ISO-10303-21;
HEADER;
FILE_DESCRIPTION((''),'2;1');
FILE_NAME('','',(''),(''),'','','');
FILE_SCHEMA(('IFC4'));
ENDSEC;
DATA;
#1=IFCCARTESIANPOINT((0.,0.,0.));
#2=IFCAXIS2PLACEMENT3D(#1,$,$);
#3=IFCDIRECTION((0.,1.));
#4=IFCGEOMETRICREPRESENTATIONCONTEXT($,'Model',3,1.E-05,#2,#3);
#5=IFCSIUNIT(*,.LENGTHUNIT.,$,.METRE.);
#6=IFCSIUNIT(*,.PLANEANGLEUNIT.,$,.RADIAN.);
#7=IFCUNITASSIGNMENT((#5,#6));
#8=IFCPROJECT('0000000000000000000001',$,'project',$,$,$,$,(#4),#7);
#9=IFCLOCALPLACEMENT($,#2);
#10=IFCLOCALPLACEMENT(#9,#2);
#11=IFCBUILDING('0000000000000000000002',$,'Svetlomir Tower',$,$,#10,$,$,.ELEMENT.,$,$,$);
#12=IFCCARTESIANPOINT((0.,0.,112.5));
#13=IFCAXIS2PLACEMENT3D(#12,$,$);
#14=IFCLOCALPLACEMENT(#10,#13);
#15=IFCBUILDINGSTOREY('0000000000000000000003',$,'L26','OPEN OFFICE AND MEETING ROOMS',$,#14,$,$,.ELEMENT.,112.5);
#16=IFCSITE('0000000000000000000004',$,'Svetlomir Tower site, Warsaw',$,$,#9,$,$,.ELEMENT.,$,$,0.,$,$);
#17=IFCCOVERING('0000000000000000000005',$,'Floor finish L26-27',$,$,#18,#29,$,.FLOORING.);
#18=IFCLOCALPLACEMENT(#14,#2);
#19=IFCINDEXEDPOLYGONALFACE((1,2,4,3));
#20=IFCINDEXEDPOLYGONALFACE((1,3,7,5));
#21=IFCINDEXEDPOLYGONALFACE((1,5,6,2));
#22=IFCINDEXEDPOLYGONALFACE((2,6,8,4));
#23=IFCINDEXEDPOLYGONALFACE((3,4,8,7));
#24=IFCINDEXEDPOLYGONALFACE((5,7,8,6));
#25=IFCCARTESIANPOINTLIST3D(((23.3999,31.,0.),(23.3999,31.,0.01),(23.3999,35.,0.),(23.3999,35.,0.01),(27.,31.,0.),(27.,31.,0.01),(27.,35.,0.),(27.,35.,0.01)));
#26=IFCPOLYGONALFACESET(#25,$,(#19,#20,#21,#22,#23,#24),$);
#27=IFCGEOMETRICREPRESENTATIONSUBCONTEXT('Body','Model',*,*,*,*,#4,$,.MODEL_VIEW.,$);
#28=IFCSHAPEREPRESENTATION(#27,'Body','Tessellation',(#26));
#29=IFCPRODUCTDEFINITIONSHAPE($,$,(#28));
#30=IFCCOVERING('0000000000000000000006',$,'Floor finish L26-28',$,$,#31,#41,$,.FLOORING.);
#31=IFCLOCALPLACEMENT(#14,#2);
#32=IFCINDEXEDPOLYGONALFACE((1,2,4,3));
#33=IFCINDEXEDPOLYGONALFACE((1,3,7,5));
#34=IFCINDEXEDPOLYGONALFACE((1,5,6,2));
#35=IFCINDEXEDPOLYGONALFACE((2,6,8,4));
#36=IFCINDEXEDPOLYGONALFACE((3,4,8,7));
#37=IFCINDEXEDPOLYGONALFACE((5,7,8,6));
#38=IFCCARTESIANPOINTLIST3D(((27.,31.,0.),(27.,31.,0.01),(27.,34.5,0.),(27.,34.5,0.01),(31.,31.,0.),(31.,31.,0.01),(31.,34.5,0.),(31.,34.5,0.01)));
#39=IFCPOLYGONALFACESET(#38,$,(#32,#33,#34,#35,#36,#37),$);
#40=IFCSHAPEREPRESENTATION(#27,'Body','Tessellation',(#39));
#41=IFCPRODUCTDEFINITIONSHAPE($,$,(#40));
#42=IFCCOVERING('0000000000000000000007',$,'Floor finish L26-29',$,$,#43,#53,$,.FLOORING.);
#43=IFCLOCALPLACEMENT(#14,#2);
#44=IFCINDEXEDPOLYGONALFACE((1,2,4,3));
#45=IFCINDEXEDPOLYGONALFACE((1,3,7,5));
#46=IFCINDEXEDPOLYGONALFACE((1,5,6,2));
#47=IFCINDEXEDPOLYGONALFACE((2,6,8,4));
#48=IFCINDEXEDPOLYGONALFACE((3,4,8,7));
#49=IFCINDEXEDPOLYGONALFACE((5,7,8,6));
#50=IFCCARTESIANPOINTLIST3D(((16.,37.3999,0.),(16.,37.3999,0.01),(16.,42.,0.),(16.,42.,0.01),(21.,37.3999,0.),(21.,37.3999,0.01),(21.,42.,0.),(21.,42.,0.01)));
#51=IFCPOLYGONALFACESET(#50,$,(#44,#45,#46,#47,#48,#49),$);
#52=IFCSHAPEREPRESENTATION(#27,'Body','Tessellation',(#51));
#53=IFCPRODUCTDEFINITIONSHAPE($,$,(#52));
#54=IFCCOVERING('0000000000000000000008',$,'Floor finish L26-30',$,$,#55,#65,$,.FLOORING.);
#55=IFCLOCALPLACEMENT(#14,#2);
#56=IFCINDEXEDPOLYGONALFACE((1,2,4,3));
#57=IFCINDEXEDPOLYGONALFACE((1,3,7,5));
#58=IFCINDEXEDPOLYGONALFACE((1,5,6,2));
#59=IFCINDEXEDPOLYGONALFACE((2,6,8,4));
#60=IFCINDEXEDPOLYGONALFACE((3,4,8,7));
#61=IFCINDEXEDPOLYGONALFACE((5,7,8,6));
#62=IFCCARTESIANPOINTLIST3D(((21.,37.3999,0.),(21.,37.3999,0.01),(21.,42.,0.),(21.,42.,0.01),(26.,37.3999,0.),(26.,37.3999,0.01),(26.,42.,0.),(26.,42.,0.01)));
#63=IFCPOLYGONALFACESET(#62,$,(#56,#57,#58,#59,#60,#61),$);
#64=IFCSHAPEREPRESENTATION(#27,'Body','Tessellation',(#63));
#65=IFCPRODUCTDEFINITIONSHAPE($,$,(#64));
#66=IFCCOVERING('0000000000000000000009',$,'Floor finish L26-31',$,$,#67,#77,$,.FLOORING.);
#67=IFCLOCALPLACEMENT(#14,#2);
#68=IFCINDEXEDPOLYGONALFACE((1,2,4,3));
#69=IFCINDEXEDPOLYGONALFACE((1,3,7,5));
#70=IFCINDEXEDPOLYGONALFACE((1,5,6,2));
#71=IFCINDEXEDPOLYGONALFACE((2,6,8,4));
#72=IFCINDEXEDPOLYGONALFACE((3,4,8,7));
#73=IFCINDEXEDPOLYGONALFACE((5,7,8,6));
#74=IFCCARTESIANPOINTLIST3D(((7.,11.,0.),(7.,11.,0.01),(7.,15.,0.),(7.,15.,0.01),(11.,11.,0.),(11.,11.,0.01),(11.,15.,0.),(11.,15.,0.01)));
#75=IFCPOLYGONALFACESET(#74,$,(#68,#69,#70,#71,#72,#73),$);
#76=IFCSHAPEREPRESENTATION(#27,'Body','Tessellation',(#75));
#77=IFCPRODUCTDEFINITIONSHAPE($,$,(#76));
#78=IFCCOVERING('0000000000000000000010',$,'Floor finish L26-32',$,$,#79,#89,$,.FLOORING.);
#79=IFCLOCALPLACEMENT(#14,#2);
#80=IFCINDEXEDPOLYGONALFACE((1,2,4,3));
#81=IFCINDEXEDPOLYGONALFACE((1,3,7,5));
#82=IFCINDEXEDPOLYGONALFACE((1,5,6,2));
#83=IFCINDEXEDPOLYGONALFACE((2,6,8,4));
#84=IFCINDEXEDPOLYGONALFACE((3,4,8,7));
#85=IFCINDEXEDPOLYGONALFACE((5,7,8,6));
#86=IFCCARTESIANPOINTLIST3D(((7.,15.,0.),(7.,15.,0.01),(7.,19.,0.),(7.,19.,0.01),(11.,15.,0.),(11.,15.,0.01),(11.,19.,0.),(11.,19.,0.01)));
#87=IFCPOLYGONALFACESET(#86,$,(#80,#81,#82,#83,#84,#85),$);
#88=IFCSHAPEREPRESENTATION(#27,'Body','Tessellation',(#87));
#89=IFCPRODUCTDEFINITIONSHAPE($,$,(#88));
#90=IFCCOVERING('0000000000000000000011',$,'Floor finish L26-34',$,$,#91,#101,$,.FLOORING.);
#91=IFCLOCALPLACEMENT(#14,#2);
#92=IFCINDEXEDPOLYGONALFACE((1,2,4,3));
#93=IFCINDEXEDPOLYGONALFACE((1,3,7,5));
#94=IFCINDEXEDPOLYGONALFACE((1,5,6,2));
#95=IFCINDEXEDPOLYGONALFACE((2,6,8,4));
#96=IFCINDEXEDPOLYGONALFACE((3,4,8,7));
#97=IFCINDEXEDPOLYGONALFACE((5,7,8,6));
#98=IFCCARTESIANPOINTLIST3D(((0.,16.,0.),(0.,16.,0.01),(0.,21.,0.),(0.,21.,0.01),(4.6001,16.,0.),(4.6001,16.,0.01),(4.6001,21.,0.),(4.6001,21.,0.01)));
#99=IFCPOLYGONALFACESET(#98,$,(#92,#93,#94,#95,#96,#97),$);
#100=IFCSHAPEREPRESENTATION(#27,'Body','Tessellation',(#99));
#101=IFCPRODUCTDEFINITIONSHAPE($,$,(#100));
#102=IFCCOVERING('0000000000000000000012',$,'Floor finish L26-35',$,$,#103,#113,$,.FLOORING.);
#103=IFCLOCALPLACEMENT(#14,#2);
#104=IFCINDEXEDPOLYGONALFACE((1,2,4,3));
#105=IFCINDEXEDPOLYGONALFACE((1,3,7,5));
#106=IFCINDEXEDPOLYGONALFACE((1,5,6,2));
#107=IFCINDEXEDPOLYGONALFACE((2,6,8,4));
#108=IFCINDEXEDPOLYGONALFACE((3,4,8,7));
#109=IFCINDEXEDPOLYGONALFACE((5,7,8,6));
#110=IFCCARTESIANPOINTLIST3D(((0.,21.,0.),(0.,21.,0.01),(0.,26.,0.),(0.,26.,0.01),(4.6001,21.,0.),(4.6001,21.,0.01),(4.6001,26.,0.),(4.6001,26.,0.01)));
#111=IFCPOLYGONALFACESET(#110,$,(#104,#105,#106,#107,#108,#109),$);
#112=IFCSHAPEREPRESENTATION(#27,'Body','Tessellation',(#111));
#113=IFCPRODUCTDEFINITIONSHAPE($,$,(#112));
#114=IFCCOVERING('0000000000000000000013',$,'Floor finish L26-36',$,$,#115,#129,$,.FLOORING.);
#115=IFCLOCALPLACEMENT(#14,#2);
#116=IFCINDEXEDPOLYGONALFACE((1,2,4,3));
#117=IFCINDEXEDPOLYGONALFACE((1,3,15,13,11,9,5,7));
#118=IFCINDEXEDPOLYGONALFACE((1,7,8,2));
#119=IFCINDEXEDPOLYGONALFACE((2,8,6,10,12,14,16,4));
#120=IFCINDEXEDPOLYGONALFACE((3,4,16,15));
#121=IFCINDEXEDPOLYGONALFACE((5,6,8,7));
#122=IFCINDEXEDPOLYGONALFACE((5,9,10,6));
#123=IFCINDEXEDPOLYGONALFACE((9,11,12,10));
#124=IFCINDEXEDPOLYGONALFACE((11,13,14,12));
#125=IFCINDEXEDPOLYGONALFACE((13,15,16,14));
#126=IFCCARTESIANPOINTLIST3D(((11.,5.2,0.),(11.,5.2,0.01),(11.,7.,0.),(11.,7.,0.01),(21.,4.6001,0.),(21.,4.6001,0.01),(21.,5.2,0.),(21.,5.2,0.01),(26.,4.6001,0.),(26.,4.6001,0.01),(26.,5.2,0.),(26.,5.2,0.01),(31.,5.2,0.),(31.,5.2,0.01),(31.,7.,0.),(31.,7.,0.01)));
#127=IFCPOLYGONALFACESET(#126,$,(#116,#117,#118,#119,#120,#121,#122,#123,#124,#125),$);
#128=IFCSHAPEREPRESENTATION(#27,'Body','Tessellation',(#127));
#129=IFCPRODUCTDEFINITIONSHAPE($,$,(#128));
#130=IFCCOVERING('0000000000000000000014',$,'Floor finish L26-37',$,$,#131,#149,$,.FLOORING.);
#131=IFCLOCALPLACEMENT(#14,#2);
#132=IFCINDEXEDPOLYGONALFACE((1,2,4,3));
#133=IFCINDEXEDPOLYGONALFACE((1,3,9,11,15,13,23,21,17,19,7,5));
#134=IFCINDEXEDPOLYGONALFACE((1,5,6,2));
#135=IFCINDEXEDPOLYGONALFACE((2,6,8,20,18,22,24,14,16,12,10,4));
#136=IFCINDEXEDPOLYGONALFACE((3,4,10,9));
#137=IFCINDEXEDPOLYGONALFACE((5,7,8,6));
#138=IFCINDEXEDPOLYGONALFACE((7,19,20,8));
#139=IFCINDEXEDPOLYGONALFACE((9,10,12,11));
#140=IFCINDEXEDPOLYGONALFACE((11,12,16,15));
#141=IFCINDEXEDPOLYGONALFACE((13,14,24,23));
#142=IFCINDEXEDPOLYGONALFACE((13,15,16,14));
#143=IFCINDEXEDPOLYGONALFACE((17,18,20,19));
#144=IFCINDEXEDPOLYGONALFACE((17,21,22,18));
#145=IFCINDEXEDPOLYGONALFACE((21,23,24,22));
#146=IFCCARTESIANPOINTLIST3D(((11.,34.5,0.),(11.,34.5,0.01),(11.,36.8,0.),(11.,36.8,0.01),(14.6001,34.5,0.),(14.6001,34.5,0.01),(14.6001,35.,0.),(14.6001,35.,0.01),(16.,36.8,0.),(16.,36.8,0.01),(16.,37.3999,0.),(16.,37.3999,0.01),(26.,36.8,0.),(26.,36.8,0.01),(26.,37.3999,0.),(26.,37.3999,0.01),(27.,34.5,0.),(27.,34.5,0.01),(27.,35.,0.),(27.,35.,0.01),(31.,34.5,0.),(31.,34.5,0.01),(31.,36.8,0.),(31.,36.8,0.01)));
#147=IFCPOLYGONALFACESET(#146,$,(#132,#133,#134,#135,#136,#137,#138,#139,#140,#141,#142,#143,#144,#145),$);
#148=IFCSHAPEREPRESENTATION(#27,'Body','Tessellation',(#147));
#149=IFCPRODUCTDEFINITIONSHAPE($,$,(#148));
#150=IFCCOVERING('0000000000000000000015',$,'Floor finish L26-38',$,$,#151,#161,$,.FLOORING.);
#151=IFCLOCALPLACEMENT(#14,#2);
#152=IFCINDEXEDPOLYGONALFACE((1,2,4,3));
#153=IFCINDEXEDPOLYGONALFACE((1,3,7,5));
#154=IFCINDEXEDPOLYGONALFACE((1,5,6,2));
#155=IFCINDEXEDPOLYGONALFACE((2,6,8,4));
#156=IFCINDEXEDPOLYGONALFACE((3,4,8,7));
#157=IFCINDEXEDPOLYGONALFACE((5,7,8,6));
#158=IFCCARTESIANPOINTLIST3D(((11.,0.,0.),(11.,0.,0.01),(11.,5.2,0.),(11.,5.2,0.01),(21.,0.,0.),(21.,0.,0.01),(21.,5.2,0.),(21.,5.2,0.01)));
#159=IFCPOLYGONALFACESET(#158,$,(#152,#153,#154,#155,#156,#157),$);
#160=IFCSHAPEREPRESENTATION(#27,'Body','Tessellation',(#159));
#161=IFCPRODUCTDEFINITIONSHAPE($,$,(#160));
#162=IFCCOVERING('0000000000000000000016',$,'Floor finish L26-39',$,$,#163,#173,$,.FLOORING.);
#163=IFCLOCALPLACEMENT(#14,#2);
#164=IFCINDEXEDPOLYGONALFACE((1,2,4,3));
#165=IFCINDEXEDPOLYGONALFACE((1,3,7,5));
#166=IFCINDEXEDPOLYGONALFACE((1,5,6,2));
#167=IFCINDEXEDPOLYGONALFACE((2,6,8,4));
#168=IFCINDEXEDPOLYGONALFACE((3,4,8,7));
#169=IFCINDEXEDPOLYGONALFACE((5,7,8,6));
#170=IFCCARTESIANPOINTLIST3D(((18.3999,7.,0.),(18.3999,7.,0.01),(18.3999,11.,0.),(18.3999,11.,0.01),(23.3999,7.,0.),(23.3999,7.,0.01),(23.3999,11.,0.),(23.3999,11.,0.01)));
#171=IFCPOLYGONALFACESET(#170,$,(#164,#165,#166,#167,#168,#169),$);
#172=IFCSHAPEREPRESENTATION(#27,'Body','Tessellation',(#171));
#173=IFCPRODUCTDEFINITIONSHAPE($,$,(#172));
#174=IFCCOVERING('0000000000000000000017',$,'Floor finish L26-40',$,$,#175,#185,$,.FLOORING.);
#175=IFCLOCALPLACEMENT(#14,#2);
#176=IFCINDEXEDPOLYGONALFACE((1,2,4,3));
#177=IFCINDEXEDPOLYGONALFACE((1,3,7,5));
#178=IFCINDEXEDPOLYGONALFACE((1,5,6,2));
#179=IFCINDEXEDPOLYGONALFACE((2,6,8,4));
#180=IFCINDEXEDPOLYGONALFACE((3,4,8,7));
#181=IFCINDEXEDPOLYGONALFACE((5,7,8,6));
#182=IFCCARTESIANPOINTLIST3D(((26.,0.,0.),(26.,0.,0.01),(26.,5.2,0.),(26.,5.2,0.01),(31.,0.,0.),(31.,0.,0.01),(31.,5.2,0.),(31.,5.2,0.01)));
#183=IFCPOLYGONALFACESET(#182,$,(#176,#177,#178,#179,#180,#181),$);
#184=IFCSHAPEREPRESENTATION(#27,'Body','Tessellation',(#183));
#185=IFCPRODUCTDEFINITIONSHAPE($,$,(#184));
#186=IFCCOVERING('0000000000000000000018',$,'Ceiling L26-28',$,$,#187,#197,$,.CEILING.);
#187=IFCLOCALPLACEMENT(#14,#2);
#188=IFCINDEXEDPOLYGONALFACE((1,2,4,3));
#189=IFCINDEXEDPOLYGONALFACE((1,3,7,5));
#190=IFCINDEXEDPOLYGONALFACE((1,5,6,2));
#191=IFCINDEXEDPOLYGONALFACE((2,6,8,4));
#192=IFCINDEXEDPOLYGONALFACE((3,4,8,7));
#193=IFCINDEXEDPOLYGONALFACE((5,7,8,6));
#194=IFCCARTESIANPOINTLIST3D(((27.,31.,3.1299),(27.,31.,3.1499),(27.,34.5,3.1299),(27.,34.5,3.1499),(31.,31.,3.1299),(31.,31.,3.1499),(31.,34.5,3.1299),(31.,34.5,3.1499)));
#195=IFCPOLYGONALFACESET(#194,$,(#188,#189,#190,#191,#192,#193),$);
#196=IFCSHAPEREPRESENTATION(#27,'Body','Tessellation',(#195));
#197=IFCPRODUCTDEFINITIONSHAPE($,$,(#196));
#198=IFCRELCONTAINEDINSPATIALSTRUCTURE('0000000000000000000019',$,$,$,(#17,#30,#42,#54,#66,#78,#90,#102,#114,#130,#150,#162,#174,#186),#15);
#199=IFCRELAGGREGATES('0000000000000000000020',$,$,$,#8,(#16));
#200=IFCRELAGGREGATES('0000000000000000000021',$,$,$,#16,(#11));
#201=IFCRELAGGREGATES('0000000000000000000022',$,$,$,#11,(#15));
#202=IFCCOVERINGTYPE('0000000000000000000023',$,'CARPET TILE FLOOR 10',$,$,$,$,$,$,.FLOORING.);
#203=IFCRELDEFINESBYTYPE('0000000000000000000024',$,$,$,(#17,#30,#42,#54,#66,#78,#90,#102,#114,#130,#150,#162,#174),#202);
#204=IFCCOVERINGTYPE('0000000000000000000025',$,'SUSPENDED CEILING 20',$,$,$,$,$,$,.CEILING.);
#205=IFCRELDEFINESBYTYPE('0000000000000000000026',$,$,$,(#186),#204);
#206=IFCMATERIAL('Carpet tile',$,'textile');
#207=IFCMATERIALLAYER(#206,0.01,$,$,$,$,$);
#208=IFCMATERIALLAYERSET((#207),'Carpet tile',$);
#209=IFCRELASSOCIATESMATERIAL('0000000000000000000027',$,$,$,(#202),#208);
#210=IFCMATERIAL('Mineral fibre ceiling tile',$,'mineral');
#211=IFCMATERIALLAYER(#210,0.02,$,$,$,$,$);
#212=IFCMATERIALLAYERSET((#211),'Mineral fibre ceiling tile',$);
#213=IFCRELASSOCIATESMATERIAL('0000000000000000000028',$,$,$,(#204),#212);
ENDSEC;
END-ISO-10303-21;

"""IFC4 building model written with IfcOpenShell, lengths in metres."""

from ifc_helpers import new_model, si_unit, direction, frame, origin, place, context, subcontext, project, spatial, polyline, outline, extrude, material, layer, layer_set, type_object, element, save


model = new_model("IFC4")

# Units and contexts
model_context = context("Model", 3, precision=1e-05, world=origin(), true_north=direction((0.0, 1.0)))
body_context = subcontext(model_context, "Body", "Model", "MODEL_VIEW")
ifc_project = project(units=[si_unit("LENGTHUNIT", "METRE"), si_unit("PLANEANGLEUNIT", "RADIAN")], contexts=[model_context])

# Site, building, storey
site_placement = place(None, origin())
site = spatial("IfcSite", under=ifc_project, at=site_placement, Name="Svetlomir Tower site, Warsaw", CompositionType="ELEMENT", RefElevation=0.0)
building_placement = place(site_placement, origin())
building = spatial("IfcBuilding", under=site, at=building_placement, Name="Svetlomir Tower", CompositionType="ELEMENT")
storey_placement = place(building_placement, frame((0.0, 0.0, 112.5)))
storey = spatial("IfcBuildingStorey", under=building, at=storey_placement, Name="L26", Description="OPEN OFFICE AND MEETING ROOMS", CompositionType="ELEMENT", Elevation=112.5)

# Coverings
ifc_material_1 = material(Name="Carpet tile", Category="textile")
ifc_layer_1 = layer(ifc_material_1, 0.01)
ifc_layer_set_1 = layer_set([ifc_layer_1], Name="Carpet tile")
covering_type_1 = type_object("IfcCoveringType", Name="CARPET TILE FLOOR 10", PredefinedType="FLOORING", material=ifc_layer_set_1)
covering_1_placement = place(storey_placement, origin())
element("IfcCovering", 1, at=covering_1_placement, inside=storey, type_object=covering_type_1, Name="Floor finish L26-27", PredefinedType="FLOORING", context=body_context, shape_type="SweptSolid", body=[
    extrude(outline(polyline([(23.3999, 31.0), (27.0, 31.0), (27.0, 35.0), (23.3999, 35.0), (23.3999, 31.0)])), origin(), (0.0, 0.0, 1.0), 0.01),
])
covering_2_placement = place(storey_placement, origin())
element("IfcCovering", 2, at=covering_2_placement, inside=storey, type_object=covering_type_1, Name="Floor finish L26-28", PredefinedType="FLOORING", context=body_context, shape_type="SweptSolid", body=[
    extrude(outline(polyline([(27.0, 31.0), (31.0, 31.0), (31.0, 34.5), (27.0, 34.5), (27.0, 31.0)])), origin(), (0.0, 0.0, 1.0), 0.01),
])
covering_3_placement = place(storey_placement, origin())
element("IfcCovering", 3, at=covering_3_placement, inside=storey, type_object=covering_type_1, Name="Floor finish L26-29", PredefinedType="FLOORING", context=body_context, shape_type="SweptSolid", body=[
    extrude(outline(polyline([(16.0, 37.3999), (21.0, 37.3999), (21.0, 42.0), (16.0, 42.0), (16.0, 37.3999)])), origin(), (0.0, 0.0, 1.0), 0.01),
])
covering_4_placement = place(storey_placement, origin())
element("IfcCovering", 4, at=covering_4_placement, inside=storey, type_object=covering_type_1, Name="Floor finish L26-30", PredefinedType="FLOORING", context=body_context, shape_type="SweptSolid", body=[
    extrude(outline(polyline([(21.0, 37.3999), (26.0, 37.3999), (26.0, 42.0), (21.0, 42.0), (21.0, 37.3999)])), origin(), (0.0, 0.0, 1.0), 0.01),
])
covering_5_placement = place(storey_placement, origin())
element("IfcCovering", 5, at=covering_5_placement, inside=storey, type_object=covering_type_1, Name="Floor finish L26-31", PredefinedType="FLOORING", context=body_context, shape_type="SweptSolid", body=[
    extrude(outline(polyline([(7.0, 11.0), (11.0, 11.0), (11.0, 15.0), (7.0, 15.0), (7.0, 11.0)])), origin(), (0.0, 0.0, 1.0), 0.01),
])
covering_6_placement = place(storey_placement, origin())
element("IfcCovering", 6, at=covering_6_placement, inside=storey, type_object=covering_type_1, Name="Floor finish L26-32", PredefinedType="FLOORING", context=body_context, shape_type="SweptSolid", body=[
    extrude(outline(polyline([(7.0, 15.0), (11.0, 15.0), (11.0, 19.0), (7.0, 19.0), (7.0, 15.0)])), origin(), (0.0, 0.0, 1.0), 0.01),
])
covering_7_placement = place(storey_placement, origin())
element("IfcCovering", 7, at=covering_7_placement, inside=storey, type_object=covering_type_1, Name="Floor finish L26-34", PredefinedType="FLOORING", context=body_context, shape_type="SweptSolid", body=[
    extrude(outline(polyline([(0.0, 16.0), (4.6001, 16.0), (4.6001, 21.0), (0.0, 21.0), (0.0, 16.0)])), origin(), (0.0, 0.0, 1.0), 0.01),
])
covering_8_placement = place(storey_placement, origin())
element("IfcCovering", 8, at=covering_8_placement, inside=storey, type_object=covering_type_1, Name="Floor finish L26-35", PredefinedType="FLOORING", context=body_context, shape_type="SweptSolid", body=[
    extrude(outline(polyline([(0.0, 21.0), (4.6001, 21.0), (4.6001, 26.0), (0.0, 26.0), (0.0, 21.0)])), origin(), (0.0, 0.0, 1.0), 0.01),
])
covering_9_placement = place(storey_placement, origin())
element("IfcCovering", 9, at=covering_9_placement, inside=storey, type_object=covering_type_1, Name="Floor finish L26-36", PredefinedType="FLOORING", context=body_context, shape_type="SweptSolid", body=[
    extrude(outline(polyline([(21.0, 4.6001), (21.0, 5.2), (11.0, 5.2), (11.0, 7.0), (31.0, 7.0), (31.0, 5.2), (26.0, 5.2), (26.0, 4.6001), (21.0, 4.6001)])), origin(), (0.0, 0.0, 1.0), 0.01),
])
covering_10_placement = place(storey_placement, origin())
element("IfcCovering", 10, at=covering_10_placement, inside=storey, type_object=covering_type_1, Name="Floor finish L26-37", PredefinedType="FLOORING", context=body_context, shape_type="SweptSolid", body=[
    extrude(outline(polyline([(14.6001, 34.5), (11.0, 34.5), (11.0, 36.8), (16.0, 36.8), (16.0, 37.3999), (26.0, 37.3999), (26.0, 36.8), (31.0, 36.8), (31.0, 34.5), (27.0, 34.5), (27.0, 35.0), (14.6001, 35.0), (14.6001, 34.5)])), origin(), (0.0, 0.0, 1.0), 0.01),
])
covering_11_placement = place(storey_placement, origin())
element("IfcCovering", 11, at=covering_11_placement, inside=storey, type_object=covering_type_1, Name="Floor finish L26-38", PredefinedType="FLOORING", context=body_context, shape_type="SweptSolid", body=[
    extrude(outline(polyline([(21.0, 5.2), (21.0, 0.0), (11.0, 0.0), (11.0, 5.2), (21.0, 5.2)])), origin(), (0.0, 0.0, 1.0), 0.01),
])
covering_12_placement = place(storey_placement, origin())
element("IfcCovering", 12, at=covering_12_placement, inside=storey, type_object=covering_type_1, Name="Floor finish L26-39", PredefinedType="FLOORING", context=body_context, shape_type="SweptSolid", body=[
    extrude(outline(polyline([(23.3999, 11.0), (23.3999, 7.0), (18.3999, 7.0), (18.3999, 11.0), (23.3999, 11.0)])), origin(), (0.0, 0.0, 1.0), 0.01),
])
covering_13_placement = place(storey_placement, origin())
element("IfcCovering", 13, at=covering_13_placement, inside=storey, type_object=covering_type_1, Name="Floor finish L26-40", PredefinedType="FLOORING", context=body_context, shape_type="SweptSolid", body=[
    extrude(outline(polyline([(26.0, 0.0), (26.0, 5.2), (31.0, 5.2), (31.0, 0.0), (26.0, 0.0)])), origin(), (0.0, 0.0, 1.0), 0.01),
])
ifc_material_2 = material(Name="Mineral fibre ceiling tile", Category="mineral")
ifc_layer_2 = layer(ifc_material_2, 0.02)
ifc_layer_set_2 = layer_set([ifc_layer_2], Name="Mineral fibre ceiling tile")
covering_type_2 = type_object("IfcCoveringType", Name="SUSPENDED CEILING 20", PredefinedType="CEILING", material=ifc_layer_set_2)
covering_14_placement = place(storey_placement, frame((0.0, 0.0, 3.1299)))
element("IfcCovering", 14, at=covering_14_placement, inside=storey, type_object=covering_type_2, Name="Ceiling L26-28", PredefinedType="CEILING", context=body_context, shape_type="SweptSolid", body=[
    extrude(outline(polyline([(27.0, 31.0), (31.0, 31.0), (31.0, 34.5), (27.0, 34.5), (27.0, 31.0)])), origin(), (0.0, 0.0, 1.0), 0.02),
])

save(model, "model.ifc")
